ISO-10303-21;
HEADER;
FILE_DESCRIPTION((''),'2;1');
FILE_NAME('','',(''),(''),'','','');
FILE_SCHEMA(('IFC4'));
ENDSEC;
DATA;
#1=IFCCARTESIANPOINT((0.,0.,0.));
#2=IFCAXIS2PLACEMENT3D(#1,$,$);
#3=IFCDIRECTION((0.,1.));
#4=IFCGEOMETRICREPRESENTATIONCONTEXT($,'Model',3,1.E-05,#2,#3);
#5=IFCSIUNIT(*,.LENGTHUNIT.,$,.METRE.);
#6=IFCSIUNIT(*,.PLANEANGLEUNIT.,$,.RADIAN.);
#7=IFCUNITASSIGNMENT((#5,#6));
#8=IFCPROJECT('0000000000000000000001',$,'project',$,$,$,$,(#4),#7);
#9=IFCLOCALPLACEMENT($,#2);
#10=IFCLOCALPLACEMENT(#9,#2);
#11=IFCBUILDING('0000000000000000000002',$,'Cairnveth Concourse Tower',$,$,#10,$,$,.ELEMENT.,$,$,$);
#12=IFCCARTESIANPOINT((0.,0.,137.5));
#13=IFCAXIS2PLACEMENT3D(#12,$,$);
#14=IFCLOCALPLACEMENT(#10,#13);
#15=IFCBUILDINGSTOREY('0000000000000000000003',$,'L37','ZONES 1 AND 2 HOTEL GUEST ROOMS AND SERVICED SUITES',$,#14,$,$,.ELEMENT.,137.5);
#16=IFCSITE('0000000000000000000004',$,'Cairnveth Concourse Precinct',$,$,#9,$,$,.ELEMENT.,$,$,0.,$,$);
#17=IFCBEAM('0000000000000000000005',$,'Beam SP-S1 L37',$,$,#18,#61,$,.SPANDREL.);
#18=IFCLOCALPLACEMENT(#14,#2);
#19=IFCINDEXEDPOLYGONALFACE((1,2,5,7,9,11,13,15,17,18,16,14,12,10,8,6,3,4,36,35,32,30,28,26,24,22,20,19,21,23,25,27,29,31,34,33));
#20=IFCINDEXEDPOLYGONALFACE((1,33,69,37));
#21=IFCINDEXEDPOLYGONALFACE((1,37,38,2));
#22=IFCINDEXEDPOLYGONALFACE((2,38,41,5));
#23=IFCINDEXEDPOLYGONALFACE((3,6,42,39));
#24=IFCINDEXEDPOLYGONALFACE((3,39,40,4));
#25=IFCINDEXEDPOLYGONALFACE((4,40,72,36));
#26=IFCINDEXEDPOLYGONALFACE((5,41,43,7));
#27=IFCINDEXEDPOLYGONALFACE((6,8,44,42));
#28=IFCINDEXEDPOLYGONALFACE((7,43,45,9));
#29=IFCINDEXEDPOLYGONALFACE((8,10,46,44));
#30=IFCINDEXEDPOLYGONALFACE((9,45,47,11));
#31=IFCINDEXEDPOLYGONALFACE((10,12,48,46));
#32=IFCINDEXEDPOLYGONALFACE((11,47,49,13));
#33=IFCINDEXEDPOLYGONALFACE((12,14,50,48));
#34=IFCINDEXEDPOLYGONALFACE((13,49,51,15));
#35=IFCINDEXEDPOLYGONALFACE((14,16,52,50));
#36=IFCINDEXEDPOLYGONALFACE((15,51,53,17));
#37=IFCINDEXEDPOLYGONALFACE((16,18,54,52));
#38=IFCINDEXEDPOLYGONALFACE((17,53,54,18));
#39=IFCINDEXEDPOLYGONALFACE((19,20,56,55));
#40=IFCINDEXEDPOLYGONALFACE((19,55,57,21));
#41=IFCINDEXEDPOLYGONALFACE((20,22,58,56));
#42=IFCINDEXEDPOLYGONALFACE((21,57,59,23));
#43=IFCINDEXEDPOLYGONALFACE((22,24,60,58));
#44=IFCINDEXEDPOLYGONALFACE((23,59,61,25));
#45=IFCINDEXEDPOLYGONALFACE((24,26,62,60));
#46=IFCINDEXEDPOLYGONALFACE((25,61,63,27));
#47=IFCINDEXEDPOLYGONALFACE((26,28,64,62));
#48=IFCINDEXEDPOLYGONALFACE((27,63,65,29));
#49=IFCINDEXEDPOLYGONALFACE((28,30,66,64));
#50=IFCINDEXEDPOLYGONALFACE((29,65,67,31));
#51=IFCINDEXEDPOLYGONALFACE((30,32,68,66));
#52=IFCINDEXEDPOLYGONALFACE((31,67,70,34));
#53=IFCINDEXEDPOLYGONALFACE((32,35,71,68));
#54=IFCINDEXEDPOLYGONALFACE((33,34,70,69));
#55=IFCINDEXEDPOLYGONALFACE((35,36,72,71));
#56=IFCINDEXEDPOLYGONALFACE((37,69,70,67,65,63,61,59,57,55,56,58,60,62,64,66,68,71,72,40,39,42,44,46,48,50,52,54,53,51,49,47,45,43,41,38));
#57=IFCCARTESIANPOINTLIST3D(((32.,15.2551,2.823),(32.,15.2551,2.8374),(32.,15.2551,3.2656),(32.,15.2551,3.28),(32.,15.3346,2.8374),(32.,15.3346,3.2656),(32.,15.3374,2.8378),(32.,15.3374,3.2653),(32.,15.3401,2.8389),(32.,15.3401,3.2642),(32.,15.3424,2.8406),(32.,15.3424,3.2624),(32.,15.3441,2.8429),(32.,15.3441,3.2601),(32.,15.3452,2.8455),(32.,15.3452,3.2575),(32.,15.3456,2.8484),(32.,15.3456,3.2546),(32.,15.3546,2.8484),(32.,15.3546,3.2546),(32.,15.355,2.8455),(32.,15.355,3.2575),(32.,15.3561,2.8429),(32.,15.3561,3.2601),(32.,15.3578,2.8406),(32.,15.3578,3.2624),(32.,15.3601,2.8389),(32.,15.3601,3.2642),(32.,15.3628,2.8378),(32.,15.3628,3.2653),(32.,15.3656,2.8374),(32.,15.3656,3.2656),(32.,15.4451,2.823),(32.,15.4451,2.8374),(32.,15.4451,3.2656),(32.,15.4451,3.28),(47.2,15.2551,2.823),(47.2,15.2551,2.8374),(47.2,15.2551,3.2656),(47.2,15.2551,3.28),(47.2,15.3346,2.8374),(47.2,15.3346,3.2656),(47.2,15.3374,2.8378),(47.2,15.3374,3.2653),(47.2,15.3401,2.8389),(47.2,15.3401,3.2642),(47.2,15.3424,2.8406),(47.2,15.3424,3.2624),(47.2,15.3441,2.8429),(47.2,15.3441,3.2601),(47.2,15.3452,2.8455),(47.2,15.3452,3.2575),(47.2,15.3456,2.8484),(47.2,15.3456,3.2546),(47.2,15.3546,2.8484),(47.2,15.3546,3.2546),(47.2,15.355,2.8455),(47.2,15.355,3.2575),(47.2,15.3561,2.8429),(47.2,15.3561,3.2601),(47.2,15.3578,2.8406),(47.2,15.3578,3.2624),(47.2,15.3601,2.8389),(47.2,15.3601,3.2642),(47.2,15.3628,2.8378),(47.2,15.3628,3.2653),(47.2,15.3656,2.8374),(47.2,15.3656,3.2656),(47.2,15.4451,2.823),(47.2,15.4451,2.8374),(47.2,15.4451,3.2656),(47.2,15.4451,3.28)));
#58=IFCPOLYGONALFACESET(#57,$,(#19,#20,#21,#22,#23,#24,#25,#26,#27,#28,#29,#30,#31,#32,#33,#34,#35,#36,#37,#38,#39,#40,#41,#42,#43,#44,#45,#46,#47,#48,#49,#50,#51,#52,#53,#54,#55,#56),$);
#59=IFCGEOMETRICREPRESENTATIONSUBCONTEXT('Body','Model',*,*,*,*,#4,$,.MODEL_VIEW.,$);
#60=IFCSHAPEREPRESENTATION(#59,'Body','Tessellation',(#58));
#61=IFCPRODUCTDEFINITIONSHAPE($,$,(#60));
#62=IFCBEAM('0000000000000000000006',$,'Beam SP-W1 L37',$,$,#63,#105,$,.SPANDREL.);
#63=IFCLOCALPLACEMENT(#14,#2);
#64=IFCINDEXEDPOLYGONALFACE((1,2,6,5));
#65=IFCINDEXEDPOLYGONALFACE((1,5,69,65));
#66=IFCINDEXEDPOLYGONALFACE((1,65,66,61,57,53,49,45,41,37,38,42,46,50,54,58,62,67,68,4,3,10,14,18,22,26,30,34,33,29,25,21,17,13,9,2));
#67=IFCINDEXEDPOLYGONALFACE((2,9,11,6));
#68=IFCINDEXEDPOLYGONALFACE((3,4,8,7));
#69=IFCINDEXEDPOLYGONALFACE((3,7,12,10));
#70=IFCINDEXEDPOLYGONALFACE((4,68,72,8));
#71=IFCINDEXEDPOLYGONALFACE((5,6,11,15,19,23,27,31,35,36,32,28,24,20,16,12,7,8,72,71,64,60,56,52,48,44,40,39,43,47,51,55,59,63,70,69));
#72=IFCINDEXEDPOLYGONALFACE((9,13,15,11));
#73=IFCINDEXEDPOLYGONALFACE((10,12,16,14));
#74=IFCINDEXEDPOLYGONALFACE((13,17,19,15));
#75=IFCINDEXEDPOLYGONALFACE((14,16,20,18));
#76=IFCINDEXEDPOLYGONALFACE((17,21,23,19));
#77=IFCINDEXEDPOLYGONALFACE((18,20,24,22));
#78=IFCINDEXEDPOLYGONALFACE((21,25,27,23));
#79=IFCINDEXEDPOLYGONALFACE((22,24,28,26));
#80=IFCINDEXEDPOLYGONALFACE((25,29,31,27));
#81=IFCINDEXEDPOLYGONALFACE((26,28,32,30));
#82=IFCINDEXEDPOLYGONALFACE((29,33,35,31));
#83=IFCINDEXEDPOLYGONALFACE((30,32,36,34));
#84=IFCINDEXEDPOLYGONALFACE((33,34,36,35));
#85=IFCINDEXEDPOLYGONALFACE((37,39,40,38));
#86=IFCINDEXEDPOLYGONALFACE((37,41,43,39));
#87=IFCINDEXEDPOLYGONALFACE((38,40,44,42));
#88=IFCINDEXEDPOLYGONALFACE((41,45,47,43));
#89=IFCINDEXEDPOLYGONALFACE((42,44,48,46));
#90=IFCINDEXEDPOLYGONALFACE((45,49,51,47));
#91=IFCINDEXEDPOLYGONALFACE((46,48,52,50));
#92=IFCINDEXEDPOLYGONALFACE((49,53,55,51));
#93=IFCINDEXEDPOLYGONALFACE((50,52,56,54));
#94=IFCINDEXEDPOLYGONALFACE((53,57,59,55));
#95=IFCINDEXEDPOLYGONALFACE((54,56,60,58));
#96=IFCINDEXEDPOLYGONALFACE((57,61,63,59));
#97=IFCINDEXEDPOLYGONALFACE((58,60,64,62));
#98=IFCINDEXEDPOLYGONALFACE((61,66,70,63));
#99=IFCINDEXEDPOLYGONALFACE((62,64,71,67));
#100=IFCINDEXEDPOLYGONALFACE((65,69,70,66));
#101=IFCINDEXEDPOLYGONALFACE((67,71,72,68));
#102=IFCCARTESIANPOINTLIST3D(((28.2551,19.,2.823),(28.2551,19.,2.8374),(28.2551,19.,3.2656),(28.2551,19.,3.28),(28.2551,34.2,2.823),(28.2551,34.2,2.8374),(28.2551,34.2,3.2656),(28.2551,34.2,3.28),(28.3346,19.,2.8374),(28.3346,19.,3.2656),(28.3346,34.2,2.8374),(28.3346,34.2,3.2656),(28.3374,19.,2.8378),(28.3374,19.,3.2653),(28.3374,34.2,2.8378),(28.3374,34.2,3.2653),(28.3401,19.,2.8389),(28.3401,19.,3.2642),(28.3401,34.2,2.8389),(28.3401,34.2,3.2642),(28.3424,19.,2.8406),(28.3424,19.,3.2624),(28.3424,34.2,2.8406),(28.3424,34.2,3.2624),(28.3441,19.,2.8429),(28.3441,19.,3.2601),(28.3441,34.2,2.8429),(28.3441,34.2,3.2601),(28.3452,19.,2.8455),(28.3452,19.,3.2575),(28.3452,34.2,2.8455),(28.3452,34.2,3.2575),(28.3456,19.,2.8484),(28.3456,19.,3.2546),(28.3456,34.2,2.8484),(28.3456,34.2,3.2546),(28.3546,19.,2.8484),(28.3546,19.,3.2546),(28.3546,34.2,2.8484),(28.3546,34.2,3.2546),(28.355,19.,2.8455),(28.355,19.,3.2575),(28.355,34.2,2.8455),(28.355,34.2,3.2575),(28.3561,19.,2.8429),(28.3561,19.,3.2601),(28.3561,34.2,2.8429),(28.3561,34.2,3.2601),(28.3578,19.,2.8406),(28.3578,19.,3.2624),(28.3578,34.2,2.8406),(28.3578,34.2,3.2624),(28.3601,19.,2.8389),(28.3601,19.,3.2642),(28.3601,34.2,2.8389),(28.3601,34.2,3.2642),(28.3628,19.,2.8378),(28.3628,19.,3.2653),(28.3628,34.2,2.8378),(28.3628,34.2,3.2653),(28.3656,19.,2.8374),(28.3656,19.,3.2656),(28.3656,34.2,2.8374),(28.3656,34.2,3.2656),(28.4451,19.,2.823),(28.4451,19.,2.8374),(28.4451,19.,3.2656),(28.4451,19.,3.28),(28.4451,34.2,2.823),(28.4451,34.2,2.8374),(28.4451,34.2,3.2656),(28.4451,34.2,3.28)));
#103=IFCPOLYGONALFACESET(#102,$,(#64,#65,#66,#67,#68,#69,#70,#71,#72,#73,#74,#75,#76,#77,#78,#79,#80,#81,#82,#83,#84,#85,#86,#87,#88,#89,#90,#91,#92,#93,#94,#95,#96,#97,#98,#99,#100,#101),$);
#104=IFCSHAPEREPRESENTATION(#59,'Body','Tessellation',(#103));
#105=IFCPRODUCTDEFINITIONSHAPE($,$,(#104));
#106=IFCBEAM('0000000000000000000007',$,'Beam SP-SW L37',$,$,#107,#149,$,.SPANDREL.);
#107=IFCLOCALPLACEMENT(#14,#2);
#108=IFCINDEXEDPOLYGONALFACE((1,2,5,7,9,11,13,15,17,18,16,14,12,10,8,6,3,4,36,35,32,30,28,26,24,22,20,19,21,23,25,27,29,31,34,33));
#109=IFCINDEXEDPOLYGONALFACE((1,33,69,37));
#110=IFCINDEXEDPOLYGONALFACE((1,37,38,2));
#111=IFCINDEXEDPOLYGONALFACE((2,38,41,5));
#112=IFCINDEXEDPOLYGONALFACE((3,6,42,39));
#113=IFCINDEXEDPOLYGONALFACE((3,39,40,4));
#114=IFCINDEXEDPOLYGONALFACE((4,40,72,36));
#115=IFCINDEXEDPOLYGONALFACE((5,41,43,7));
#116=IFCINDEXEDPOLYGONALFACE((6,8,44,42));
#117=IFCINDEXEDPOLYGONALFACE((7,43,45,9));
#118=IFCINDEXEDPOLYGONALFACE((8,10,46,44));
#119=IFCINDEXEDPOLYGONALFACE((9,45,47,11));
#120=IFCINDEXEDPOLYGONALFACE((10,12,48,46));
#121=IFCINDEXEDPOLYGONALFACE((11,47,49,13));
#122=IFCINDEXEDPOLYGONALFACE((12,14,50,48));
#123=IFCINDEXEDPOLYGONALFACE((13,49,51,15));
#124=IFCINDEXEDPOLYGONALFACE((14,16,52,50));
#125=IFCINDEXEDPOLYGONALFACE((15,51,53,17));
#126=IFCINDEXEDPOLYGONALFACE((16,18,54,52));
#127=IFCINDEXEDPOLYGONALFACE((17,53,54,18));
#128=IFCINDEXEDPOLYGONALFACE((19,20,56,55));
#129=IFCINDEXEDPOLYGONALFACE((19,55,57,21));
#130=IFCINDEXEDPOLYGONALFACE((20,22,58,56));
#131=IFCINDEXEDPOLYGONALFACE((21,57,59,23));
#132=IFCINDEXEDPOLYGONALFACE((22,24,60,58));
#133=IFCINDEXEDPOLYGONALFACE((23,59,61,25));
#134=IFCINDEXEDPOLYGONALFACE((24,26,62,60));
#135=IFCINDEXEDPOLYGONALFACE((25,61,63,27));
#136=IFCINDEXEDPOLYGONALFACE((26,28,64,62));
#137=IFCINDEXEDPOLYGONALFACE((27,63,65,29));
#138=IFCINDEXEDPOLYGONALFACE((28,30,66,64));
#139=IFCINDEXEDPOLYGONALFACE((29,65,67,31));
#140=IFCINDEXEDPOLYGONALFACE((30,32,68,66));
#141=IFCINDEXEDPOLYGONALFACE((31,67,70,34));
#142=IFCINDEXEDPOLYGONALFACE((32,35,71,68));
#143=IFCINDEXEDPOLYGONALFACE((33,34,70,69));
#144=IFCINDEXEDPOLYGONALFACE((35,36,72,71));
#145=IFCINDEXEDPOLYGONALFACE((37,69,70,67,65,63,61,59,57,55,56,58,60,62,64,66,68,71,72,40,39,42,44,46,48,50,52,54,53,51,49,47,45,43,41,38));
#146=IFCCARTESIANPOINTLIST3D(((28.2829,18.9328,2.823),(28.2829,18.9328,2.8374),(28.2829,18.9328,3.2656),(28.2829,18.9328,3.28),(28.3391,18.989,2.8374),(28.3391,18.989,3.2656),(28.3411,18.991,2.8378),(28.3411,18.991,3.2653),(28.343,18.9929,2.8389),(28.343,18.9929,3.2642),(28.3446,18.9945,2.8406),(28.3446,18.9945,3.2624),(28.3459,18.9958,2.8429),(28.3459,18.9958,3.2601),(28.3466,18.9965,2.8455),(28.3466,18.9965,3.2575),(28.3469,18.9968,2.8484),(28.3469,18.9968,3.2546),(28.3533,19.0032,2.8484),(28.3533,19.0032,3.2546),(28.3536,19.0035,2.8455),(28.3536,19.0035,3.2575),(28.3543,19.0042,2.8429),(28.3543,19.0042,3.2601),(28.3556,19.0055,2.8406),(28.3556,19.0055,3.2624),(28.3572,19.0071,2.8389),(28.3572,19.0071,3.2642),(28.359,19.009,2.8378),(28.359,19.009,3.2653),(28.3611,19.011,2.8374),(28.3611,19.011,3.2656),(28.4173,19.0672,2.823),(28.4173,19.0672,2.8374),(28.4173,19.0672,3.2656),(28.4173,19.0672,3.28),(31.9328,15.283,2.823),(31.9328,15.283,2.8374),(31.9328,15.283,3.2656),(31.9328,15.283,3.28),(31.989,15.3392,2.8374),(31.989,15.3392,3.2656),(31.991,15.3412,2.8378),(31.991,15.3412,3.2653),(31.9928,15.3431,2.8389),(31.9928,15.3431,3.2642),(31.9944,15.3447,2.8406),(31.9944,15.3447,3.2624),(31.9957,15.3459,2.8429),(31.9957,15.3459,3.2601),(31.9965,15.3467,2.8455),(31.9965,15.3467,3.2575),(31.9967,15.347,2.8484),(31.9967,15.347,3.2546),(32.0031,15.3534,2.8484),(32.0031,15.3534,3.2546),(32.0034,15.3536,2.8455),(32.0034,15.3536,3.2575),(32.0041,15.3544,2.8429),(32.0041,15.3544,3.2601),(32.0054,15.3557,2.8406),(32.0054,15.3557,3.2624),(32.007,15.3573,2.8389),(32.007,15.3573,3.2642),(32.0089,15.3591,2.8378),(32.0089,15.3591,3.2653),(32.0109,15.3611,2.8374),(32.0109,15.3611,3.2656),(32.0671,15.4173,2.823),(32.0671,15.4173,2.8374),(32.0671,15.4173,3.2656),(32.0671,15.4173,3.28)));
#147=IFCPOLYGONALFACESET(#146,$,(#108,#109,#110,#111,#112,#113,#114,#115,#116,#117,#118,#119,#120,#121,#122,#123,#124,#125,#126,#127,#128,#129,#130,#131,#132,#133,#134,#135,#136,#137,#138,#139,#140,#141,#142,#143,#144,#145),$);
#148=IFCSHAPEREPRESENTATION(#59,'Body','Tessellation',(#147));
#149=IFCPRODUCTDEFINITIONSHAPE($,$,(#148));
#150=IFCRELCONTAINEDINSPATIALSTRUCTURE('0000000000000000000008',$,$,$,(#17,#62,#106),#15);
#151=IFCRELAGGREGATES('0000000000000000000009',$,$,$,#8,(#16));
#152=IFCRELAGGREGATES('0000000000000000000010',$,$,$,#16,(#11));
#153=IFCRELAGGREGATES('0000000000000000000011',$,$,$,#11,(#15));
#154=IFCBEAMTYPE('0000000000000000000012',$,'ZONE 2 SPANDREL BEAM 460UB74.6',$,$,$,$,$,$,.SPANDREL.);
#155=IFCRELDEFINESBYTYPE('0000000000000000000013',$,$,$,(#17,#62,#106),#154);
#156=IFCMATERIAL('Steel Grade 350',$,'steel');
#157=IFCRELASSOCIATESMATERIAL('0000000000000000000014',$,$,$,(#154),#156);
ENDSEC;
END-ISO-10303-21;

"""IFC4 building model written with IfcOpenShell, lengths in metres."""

from ifc_helpers import new_model, si_unit, direction, frame, origin, origin_2d, place, context, subcontext, project, spatial, i_section, extrude, material, material_profile, profile_set, type_object, element, save


model = new_model("IFC4")

# Units and contexts
model_context = context("Model", 3, precision=1e-05, world=origin(), true_north=direction((0.0, 1.0)))
body_context = subcontext(model_context, "Body", "Model", "MODEL_VIEW")
ifc_project = project(units=[si_unit("LENGTHUNIT", "METRE"), si_unit("PLANEANGLEUNIT", "RADIAN")], contexts=[model_context])

# Site, building, storey
site_placement = place(None, origin())
site = spatial("IfcSite", under=ifc_project, at=site_placement, Name="Cairnveth Concourse Precinct", CompositionType="ELEMENT", RefElevation=0.0)
building_placement = place(site_placement, origin())
building = spatial("IfcBuilding", under=site, at=building_placement, Name="Cairnveth Concourse Tower", CompositionType="ELEMENT")
storey_placement = place(building_placement, frame((0.0, 0.0, 137.5)))
storey = spatial("IfcBuildingStorey", under=building, at=storey_placement, Name="L37", Description="ZONES 1 AND 2 HOTEL GUEST ROOMS AND SERVICED SUITES", CompositionType="ELEMENT", Elevation=137.5)

# Shared definitions
ifc_material_1 = material(Name="Steel Grade 350", Category="steel")

# Beams
ifc_material_profile_1 = material_profile(ifc_material_1, i_section(OverallWidth=0.1899, OverallDepth=0.457, WebThickness=0.009, FlangeThickness=0.0144, FilletRadius=0.011, at=origin_2d()), Name="460UB74.6")
ifc_profile_set_1 = profile_set([ifc_material_profile_1], Name="Steel Grade 350")
beam_type_1 = type_object("IfcBeamType", Name="ZONE 2 SPANDREL BEAM 460UB74.6", PredefinedType="SPANDREL", material=ifc_profile_set_1)
for number, where, z_axis, x_axis, name in (
    (1, (32.0, 15.3501, 3.0515), (1.0, 0.0, 0.0), (0.0, 1.0, 0.0), "Beam SP-S1 L37"),
    (2, (28.3501, 19.0, 3.0515), (0.0, 1.0, 0.0), (-1.0, 0.0, 0.0), "Beam SP-W1 L37"),
):
    element("IfcBeam", number, at=place(storey_placement, frame(where, z_axis=z_axis, x_axis=x_axis)), inside=storey, type_object=beam_type_1, Name=name, PredefinedType="SPANDREL", context=body_context, shape_type="SweptSolid", body=[
        extrude(i_section(OverallWidth=0.1899, OverallDepth=0.457, WebThickness=0.009, FlangeThickness=0.0144, FilletRadius=0.011, at=origin_2d()), origin(), (0.0, 0.0, 1.0), 15.2),
    ])
beam_1_placement = place(storey_placement, frame((28.3501, 19.0, 3.0515), z_axis=(0.707107, -0.707107, 0.0), x_axis=(0.707107, 0.707107, 0.0)))
element("IfcBeam", 3, at=beam_1_placement, inside=storey, type_object=beam_type_1, Name="Beam SP-SW L37", PredefinedType="SPANDREL", context=body_context, shape_type="SweptSolid", body=[
    extrude(i_section(OverallWidth=0.1899, OverallDepth=0.457, WebThickness=0.009, FlangeThickness=0.0144, FilletRadius=0.011, at=origin_2d()), origin(), (0.0, 0.0, 1.0), 5.1616),
])

save(model, "model.ifc")
